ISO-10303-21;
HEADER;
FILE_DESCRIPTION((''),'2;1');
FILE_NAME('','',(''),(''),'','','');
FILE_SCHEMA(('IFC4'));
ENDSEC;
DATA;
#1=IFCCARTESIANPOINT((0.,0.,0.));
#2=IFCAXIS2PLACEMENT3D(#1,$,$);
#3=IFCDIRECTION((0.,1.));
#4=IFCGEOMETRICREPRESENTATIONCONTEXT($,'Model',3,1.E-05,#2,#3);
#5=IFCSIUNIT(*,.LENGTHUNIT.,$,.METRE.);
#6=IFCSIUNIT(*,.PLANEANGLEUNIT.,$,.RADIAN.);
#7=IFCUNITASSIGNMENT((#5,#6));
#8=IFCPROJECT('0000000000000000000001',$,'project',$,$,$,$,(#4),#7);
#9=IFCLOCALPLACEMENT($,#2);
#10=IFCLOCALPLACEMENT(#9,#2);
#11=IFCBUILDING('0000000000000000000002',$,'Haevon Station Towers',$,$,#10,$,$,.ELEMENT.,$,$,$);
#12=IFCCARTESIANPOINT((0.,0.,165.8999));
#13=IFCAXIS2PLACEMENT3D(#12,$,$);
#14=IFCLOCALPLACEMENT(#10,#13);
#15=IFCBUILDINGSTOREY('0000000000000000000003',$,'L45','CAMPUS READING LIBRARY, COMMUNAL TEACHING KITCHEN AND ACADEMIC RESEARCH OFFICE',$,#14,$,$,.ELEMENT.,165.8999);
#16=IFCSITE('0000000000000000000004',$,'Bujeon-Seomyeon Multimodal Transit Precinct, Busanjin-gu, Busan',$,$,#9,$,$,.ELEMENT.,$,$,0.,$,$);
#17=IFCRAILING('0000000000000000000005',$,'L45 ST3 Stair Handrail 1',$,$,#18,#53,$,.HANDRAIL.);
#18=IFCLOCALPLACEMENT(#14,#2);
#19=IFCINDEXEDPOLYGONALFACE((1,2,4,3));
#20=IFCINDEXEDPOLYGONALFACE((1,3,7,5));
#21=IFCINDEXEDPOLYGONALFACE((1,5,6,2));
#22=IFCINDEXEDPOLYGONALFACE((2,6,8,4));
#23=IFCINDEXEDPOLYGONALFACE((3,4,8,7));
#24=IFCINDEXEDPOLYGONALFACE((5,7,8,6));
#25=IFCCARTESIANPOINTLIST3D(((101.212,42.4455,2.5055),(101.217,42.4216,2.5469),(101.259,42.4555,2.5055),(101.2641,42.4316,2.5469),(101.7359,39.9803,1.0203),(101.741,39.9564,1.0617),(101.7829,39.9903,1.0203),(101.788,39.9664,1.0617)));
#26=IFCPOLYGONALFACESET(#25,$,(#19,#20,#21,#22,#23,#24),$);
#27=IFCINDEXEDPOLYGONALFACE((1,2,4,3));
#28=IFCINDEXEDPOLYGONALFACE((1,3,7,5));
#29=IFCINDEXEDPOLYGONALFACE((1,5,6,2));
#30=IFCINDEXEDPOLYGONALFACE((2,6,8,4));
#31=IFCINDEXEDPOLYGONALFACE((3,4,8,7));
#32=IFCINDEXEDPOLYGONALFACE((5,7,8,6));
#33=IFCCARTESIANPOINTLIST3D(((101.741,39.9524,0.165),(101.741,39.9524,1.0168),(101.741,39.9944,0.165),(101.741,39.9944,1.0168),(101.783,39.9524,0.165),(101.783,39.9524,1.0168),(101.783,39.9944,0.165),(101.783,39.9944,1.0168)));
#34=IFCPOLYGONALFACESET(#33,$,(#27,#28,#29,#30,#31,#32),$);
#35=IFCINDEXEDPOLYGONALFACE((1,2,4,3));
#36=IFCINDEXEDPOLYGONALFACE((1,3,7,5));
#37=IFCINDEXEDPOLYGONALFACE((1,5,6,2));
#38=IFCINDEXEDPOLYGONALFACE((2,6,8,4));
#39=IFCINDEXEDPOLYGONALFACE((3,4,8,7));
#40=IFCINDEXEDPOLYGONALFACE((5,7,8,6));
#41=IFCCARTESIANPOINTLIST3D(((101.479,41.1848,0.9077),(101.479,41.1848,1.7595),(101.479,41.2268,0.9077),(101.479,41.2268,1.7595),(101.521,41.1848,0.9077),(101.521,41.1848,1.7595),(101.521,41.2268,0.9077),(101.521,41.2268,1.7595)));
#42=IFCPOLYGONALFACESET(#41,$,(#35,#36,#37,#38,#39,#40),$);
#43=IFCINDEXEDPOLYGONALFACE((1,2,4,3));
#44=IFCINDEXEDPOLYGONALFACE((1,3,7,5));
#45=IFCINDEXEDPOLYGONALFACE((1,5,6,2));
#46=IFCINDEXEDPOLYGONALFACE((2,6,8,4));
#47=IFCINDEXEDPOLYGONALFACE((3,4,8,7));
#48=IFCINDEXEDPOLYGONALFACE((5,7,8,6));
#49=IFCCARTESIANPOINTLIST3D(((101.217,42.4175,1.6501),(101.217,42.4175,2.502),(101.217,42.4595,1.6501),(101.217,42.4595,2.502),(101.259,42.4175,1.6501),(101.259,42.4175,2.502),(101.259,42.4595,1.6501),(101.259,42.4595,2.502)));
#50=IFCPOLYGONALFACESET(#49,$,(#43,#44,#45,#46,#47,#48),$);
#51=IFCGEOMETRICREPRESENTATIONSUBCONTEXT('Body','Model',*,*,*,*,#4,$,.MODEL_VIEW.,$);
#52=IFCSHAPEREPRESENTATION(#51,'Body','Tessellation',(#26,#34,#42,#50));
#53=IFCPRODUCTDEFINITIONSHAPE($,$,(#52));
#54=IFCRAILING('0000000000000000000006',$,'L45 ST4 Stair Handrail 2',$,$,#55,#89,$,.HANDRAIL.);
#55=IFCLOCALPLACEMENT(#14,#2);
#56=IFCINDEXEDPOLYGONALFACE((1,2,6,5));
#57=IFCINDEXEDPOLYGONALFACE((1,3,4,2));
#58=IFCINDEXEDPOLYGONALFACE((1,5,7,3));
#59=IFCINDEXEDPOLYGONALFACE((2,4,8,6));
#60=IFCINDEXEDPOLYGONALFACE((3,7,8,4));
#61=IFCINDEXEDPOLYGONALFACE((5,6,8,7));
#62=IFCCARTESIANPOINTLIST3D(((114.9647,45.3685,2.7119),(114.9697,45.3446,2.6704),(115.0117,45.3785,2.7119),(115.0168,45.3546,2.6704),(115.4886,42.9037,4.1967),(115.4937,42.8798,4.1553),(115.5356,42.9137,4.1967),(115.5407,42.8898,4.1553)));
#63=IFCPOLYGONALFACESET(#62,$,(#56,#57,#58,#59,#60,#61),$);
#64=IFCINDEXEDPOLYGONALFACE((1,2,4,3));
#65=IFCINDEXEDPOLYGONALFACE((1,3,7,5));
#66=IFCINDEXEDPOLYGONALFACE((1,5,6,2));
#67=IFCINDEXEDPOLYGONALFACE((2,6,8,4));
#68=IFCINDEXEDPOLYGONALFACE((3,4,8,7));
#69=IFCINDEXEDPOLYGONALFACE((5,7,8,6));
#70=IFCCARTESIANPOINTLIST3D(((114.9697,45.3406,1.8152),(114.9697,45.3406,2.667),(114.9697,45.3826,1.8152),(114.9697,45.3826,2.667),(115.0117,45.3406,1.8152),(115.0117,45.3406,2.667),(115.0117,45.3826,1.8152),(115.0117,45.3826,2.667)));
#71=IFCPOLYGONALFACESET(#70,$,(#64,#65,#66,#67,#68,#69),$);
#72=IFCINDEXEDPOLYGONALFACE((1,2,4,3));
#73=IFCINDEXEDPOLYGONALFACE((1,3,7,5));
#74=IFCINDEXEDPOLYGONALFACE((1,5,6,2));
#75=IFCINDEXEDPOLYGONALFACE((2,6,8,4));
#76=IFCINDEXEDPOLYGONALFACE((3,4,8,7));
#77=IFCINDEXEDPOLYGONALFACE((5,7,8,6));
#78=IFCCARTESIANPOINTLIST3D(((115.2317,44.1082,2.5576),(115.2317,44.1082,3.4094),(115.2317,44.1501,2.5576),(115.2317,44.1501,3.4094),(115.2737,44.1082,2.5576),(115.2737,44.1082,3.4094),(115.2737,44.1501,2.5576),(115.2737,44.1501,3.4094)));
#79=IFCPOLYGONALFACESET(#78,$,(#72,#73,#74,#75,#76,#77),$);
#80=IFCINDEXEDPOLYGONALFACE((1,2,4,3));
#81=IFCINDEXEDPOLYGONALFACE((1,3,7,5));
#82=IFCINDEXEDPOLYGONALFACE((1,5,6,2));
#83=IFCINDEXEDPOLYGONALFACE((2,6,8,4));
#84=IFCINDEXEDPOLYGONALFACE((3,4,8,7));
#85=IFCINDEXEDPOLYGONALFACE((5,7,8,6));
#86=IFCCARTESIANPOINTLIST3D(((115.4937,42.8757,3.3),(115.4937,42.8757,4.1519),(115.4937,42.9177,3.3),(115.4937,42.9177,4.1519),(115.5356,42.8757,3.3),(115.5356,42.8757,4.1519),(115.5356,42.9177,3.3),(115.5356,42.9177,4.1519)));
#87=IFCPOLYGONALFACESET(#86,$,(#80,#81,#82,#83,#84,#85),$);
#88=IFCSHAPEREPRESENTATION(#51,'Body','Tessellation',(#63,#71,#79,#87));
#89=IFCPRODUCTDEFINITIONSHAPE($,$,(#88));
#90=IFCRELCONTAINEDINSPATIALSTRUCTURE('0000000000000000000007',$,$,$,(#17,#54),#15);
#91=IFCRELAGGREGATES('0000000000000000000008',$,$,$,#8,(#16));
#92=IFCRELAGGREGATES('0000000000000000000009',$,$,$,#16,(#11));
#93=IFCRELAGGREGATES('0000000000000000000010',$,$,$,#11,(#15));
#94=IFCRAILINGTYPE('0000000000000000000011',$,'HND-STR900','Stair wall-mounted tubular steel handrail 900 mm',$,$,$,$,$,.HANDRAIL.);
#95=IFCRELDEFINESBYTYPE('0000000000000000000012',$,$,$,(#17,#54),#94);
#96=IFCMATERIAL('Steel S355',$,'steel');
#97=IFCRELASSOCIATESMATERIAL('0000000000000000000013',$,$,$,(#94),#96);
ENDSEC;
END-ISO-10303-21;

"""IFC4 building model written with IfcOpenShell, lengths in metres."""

from ifc_helpers import new_model, si_unit, direction, frame, origin, origin_2d, place, context, subcontext, project, spatial, rectangle, extrude, material, type_object, element, save


model = new_model("IFC4")

# Units and contexts
model_context = context("Model", 3, precision=1e-05, world=origin(), true_north=direction((0.0, 1.0)))
body_context = subcontext(model_context, "Body", "Model", "MODEL_VIEW")
ifc_project = project(units=[si_unit("LENGTHUNIT", "METRE"), si_unit("PLANEANGLEUNIT", "RADIAN")], contexts=[model_context])

# Site, building, storey
site_placement = place(None, origin())
site = spatial("IfcSite", under=ifc_project, at=site_placement, Name="Bujeon-Seomyeon Multimodal Transit Precinct, Busanjin-gu, Busan", CompositionType="ELEMENT", RefElevation=0.0)
building_placement = place(site_placement, origin())
building = spatial("IfcBuilding", under=site, at=building_placement, Name="Haevon Station Towers", CompositionType="ELEMENT")
storey_placement = place(building_placement, frame((0.0, 0.0, 165.8999)))
storey = spatial("IfcBuildingStorey", under=building, at=storey_placement, Name="L45", Description="CAMPUS READING LIBRARY, COMMUNAL TEACHING KITCHEN AND ACADEMIC RESEARCH OFFICE", CompositionType="ELEMENT", Elevation=165.8999)

# Shared definitions
ifc_material_1 = material(Name="Steel S355", Category="steel")

# Railings
railing_type_1 = type_object("IfcRailingType", Name="HND-STR900", Description="Stair wall-mounted tubular steel handrail 900 mm", PredefinedType="HANDRAIL", material=ifc_material_1)
railing_1_placement = place(storey_placement, frame((101.762, 39.9734, 0.165)))
element("IfcRailing", 1, at=railing_1_placement, inside=storey, type_object=railing_type_1, Name="L45 ST3 Stair Handrail 1", PredefinedType="HANDRAIL", context=body_context, shape_type="SweptSolid", body=[
    extrude(rectangle(XDim=0.0481, YDim=0.0481, at=origin_2d()), frame((0.0, 0.0, 0.876), z_axis=(-0.179109, 0.842712, 0.507697), x_axis=(-0.978151, -0.207895, 0.0)), (0.0, 0.0, 1.0), 2.9253),
    extrude(rectangle(XDim=0.042, YDim=0.042, at=origin_2d()), origin(), (0.0, 0.0, 1.0), 0.8518),
    extrude(rectangle(XDim=0.042, YDim=0.042, at=origin_2d()), frame((-0.262, 1.2324, 0.7427)), (0.0, 0.0, 1.0), 0.8518),
    extrude(rectangle(XDim=0.042, YDim=0.042, at=origin_2d()), frame((-0.5239, 2.4651, 1.4851)), (0.0, 0.0, 1.0), 0.8518),
])
railing_2_placement = place(storey_placement, frame((114.9907, 45.3616, 1.8152)))
element("IfcRailing", 2, at=railing_2_placement, inside=storey, type_object=railing_type_1, Name="L45 ST4 Stair Handrail 2", PredefinedType="HANDRAIL", context=body_context, shape_type="SweptSolid", body=[
    extrude(rectangle(XDim=0.0481, YDim=0.0481, at=origin_2d()), frame((0.0, 0.0, 0.876), z_axis=(0.179129, -0.842724, 0.507671), x_axis=(0.978147, 0.207914, 0.0)), (0.0, 0.0, 1.0), 2.9248),
    extrude(rectangle(XDim=0.042, YDim=0.042, at=origin_2d()), origin(), (0.0, 0.0, 1.0), 0.8518),
    extrude(rectangle(XDim=0.042, YDim=0.042, at=origin_2d()), frame((0.262, -1.2324, 0.7424)), (0.0, 0.0, 1.0), 0.8518),
    extrude(rectangle(XDim=0.042, YDim=0.042, at=origin_2d()), frame((0.5239, -2.4648, 1.4849)), (0.0, 0.0, 1.0), 0.8518),
])

save(model, "model.ifc")
